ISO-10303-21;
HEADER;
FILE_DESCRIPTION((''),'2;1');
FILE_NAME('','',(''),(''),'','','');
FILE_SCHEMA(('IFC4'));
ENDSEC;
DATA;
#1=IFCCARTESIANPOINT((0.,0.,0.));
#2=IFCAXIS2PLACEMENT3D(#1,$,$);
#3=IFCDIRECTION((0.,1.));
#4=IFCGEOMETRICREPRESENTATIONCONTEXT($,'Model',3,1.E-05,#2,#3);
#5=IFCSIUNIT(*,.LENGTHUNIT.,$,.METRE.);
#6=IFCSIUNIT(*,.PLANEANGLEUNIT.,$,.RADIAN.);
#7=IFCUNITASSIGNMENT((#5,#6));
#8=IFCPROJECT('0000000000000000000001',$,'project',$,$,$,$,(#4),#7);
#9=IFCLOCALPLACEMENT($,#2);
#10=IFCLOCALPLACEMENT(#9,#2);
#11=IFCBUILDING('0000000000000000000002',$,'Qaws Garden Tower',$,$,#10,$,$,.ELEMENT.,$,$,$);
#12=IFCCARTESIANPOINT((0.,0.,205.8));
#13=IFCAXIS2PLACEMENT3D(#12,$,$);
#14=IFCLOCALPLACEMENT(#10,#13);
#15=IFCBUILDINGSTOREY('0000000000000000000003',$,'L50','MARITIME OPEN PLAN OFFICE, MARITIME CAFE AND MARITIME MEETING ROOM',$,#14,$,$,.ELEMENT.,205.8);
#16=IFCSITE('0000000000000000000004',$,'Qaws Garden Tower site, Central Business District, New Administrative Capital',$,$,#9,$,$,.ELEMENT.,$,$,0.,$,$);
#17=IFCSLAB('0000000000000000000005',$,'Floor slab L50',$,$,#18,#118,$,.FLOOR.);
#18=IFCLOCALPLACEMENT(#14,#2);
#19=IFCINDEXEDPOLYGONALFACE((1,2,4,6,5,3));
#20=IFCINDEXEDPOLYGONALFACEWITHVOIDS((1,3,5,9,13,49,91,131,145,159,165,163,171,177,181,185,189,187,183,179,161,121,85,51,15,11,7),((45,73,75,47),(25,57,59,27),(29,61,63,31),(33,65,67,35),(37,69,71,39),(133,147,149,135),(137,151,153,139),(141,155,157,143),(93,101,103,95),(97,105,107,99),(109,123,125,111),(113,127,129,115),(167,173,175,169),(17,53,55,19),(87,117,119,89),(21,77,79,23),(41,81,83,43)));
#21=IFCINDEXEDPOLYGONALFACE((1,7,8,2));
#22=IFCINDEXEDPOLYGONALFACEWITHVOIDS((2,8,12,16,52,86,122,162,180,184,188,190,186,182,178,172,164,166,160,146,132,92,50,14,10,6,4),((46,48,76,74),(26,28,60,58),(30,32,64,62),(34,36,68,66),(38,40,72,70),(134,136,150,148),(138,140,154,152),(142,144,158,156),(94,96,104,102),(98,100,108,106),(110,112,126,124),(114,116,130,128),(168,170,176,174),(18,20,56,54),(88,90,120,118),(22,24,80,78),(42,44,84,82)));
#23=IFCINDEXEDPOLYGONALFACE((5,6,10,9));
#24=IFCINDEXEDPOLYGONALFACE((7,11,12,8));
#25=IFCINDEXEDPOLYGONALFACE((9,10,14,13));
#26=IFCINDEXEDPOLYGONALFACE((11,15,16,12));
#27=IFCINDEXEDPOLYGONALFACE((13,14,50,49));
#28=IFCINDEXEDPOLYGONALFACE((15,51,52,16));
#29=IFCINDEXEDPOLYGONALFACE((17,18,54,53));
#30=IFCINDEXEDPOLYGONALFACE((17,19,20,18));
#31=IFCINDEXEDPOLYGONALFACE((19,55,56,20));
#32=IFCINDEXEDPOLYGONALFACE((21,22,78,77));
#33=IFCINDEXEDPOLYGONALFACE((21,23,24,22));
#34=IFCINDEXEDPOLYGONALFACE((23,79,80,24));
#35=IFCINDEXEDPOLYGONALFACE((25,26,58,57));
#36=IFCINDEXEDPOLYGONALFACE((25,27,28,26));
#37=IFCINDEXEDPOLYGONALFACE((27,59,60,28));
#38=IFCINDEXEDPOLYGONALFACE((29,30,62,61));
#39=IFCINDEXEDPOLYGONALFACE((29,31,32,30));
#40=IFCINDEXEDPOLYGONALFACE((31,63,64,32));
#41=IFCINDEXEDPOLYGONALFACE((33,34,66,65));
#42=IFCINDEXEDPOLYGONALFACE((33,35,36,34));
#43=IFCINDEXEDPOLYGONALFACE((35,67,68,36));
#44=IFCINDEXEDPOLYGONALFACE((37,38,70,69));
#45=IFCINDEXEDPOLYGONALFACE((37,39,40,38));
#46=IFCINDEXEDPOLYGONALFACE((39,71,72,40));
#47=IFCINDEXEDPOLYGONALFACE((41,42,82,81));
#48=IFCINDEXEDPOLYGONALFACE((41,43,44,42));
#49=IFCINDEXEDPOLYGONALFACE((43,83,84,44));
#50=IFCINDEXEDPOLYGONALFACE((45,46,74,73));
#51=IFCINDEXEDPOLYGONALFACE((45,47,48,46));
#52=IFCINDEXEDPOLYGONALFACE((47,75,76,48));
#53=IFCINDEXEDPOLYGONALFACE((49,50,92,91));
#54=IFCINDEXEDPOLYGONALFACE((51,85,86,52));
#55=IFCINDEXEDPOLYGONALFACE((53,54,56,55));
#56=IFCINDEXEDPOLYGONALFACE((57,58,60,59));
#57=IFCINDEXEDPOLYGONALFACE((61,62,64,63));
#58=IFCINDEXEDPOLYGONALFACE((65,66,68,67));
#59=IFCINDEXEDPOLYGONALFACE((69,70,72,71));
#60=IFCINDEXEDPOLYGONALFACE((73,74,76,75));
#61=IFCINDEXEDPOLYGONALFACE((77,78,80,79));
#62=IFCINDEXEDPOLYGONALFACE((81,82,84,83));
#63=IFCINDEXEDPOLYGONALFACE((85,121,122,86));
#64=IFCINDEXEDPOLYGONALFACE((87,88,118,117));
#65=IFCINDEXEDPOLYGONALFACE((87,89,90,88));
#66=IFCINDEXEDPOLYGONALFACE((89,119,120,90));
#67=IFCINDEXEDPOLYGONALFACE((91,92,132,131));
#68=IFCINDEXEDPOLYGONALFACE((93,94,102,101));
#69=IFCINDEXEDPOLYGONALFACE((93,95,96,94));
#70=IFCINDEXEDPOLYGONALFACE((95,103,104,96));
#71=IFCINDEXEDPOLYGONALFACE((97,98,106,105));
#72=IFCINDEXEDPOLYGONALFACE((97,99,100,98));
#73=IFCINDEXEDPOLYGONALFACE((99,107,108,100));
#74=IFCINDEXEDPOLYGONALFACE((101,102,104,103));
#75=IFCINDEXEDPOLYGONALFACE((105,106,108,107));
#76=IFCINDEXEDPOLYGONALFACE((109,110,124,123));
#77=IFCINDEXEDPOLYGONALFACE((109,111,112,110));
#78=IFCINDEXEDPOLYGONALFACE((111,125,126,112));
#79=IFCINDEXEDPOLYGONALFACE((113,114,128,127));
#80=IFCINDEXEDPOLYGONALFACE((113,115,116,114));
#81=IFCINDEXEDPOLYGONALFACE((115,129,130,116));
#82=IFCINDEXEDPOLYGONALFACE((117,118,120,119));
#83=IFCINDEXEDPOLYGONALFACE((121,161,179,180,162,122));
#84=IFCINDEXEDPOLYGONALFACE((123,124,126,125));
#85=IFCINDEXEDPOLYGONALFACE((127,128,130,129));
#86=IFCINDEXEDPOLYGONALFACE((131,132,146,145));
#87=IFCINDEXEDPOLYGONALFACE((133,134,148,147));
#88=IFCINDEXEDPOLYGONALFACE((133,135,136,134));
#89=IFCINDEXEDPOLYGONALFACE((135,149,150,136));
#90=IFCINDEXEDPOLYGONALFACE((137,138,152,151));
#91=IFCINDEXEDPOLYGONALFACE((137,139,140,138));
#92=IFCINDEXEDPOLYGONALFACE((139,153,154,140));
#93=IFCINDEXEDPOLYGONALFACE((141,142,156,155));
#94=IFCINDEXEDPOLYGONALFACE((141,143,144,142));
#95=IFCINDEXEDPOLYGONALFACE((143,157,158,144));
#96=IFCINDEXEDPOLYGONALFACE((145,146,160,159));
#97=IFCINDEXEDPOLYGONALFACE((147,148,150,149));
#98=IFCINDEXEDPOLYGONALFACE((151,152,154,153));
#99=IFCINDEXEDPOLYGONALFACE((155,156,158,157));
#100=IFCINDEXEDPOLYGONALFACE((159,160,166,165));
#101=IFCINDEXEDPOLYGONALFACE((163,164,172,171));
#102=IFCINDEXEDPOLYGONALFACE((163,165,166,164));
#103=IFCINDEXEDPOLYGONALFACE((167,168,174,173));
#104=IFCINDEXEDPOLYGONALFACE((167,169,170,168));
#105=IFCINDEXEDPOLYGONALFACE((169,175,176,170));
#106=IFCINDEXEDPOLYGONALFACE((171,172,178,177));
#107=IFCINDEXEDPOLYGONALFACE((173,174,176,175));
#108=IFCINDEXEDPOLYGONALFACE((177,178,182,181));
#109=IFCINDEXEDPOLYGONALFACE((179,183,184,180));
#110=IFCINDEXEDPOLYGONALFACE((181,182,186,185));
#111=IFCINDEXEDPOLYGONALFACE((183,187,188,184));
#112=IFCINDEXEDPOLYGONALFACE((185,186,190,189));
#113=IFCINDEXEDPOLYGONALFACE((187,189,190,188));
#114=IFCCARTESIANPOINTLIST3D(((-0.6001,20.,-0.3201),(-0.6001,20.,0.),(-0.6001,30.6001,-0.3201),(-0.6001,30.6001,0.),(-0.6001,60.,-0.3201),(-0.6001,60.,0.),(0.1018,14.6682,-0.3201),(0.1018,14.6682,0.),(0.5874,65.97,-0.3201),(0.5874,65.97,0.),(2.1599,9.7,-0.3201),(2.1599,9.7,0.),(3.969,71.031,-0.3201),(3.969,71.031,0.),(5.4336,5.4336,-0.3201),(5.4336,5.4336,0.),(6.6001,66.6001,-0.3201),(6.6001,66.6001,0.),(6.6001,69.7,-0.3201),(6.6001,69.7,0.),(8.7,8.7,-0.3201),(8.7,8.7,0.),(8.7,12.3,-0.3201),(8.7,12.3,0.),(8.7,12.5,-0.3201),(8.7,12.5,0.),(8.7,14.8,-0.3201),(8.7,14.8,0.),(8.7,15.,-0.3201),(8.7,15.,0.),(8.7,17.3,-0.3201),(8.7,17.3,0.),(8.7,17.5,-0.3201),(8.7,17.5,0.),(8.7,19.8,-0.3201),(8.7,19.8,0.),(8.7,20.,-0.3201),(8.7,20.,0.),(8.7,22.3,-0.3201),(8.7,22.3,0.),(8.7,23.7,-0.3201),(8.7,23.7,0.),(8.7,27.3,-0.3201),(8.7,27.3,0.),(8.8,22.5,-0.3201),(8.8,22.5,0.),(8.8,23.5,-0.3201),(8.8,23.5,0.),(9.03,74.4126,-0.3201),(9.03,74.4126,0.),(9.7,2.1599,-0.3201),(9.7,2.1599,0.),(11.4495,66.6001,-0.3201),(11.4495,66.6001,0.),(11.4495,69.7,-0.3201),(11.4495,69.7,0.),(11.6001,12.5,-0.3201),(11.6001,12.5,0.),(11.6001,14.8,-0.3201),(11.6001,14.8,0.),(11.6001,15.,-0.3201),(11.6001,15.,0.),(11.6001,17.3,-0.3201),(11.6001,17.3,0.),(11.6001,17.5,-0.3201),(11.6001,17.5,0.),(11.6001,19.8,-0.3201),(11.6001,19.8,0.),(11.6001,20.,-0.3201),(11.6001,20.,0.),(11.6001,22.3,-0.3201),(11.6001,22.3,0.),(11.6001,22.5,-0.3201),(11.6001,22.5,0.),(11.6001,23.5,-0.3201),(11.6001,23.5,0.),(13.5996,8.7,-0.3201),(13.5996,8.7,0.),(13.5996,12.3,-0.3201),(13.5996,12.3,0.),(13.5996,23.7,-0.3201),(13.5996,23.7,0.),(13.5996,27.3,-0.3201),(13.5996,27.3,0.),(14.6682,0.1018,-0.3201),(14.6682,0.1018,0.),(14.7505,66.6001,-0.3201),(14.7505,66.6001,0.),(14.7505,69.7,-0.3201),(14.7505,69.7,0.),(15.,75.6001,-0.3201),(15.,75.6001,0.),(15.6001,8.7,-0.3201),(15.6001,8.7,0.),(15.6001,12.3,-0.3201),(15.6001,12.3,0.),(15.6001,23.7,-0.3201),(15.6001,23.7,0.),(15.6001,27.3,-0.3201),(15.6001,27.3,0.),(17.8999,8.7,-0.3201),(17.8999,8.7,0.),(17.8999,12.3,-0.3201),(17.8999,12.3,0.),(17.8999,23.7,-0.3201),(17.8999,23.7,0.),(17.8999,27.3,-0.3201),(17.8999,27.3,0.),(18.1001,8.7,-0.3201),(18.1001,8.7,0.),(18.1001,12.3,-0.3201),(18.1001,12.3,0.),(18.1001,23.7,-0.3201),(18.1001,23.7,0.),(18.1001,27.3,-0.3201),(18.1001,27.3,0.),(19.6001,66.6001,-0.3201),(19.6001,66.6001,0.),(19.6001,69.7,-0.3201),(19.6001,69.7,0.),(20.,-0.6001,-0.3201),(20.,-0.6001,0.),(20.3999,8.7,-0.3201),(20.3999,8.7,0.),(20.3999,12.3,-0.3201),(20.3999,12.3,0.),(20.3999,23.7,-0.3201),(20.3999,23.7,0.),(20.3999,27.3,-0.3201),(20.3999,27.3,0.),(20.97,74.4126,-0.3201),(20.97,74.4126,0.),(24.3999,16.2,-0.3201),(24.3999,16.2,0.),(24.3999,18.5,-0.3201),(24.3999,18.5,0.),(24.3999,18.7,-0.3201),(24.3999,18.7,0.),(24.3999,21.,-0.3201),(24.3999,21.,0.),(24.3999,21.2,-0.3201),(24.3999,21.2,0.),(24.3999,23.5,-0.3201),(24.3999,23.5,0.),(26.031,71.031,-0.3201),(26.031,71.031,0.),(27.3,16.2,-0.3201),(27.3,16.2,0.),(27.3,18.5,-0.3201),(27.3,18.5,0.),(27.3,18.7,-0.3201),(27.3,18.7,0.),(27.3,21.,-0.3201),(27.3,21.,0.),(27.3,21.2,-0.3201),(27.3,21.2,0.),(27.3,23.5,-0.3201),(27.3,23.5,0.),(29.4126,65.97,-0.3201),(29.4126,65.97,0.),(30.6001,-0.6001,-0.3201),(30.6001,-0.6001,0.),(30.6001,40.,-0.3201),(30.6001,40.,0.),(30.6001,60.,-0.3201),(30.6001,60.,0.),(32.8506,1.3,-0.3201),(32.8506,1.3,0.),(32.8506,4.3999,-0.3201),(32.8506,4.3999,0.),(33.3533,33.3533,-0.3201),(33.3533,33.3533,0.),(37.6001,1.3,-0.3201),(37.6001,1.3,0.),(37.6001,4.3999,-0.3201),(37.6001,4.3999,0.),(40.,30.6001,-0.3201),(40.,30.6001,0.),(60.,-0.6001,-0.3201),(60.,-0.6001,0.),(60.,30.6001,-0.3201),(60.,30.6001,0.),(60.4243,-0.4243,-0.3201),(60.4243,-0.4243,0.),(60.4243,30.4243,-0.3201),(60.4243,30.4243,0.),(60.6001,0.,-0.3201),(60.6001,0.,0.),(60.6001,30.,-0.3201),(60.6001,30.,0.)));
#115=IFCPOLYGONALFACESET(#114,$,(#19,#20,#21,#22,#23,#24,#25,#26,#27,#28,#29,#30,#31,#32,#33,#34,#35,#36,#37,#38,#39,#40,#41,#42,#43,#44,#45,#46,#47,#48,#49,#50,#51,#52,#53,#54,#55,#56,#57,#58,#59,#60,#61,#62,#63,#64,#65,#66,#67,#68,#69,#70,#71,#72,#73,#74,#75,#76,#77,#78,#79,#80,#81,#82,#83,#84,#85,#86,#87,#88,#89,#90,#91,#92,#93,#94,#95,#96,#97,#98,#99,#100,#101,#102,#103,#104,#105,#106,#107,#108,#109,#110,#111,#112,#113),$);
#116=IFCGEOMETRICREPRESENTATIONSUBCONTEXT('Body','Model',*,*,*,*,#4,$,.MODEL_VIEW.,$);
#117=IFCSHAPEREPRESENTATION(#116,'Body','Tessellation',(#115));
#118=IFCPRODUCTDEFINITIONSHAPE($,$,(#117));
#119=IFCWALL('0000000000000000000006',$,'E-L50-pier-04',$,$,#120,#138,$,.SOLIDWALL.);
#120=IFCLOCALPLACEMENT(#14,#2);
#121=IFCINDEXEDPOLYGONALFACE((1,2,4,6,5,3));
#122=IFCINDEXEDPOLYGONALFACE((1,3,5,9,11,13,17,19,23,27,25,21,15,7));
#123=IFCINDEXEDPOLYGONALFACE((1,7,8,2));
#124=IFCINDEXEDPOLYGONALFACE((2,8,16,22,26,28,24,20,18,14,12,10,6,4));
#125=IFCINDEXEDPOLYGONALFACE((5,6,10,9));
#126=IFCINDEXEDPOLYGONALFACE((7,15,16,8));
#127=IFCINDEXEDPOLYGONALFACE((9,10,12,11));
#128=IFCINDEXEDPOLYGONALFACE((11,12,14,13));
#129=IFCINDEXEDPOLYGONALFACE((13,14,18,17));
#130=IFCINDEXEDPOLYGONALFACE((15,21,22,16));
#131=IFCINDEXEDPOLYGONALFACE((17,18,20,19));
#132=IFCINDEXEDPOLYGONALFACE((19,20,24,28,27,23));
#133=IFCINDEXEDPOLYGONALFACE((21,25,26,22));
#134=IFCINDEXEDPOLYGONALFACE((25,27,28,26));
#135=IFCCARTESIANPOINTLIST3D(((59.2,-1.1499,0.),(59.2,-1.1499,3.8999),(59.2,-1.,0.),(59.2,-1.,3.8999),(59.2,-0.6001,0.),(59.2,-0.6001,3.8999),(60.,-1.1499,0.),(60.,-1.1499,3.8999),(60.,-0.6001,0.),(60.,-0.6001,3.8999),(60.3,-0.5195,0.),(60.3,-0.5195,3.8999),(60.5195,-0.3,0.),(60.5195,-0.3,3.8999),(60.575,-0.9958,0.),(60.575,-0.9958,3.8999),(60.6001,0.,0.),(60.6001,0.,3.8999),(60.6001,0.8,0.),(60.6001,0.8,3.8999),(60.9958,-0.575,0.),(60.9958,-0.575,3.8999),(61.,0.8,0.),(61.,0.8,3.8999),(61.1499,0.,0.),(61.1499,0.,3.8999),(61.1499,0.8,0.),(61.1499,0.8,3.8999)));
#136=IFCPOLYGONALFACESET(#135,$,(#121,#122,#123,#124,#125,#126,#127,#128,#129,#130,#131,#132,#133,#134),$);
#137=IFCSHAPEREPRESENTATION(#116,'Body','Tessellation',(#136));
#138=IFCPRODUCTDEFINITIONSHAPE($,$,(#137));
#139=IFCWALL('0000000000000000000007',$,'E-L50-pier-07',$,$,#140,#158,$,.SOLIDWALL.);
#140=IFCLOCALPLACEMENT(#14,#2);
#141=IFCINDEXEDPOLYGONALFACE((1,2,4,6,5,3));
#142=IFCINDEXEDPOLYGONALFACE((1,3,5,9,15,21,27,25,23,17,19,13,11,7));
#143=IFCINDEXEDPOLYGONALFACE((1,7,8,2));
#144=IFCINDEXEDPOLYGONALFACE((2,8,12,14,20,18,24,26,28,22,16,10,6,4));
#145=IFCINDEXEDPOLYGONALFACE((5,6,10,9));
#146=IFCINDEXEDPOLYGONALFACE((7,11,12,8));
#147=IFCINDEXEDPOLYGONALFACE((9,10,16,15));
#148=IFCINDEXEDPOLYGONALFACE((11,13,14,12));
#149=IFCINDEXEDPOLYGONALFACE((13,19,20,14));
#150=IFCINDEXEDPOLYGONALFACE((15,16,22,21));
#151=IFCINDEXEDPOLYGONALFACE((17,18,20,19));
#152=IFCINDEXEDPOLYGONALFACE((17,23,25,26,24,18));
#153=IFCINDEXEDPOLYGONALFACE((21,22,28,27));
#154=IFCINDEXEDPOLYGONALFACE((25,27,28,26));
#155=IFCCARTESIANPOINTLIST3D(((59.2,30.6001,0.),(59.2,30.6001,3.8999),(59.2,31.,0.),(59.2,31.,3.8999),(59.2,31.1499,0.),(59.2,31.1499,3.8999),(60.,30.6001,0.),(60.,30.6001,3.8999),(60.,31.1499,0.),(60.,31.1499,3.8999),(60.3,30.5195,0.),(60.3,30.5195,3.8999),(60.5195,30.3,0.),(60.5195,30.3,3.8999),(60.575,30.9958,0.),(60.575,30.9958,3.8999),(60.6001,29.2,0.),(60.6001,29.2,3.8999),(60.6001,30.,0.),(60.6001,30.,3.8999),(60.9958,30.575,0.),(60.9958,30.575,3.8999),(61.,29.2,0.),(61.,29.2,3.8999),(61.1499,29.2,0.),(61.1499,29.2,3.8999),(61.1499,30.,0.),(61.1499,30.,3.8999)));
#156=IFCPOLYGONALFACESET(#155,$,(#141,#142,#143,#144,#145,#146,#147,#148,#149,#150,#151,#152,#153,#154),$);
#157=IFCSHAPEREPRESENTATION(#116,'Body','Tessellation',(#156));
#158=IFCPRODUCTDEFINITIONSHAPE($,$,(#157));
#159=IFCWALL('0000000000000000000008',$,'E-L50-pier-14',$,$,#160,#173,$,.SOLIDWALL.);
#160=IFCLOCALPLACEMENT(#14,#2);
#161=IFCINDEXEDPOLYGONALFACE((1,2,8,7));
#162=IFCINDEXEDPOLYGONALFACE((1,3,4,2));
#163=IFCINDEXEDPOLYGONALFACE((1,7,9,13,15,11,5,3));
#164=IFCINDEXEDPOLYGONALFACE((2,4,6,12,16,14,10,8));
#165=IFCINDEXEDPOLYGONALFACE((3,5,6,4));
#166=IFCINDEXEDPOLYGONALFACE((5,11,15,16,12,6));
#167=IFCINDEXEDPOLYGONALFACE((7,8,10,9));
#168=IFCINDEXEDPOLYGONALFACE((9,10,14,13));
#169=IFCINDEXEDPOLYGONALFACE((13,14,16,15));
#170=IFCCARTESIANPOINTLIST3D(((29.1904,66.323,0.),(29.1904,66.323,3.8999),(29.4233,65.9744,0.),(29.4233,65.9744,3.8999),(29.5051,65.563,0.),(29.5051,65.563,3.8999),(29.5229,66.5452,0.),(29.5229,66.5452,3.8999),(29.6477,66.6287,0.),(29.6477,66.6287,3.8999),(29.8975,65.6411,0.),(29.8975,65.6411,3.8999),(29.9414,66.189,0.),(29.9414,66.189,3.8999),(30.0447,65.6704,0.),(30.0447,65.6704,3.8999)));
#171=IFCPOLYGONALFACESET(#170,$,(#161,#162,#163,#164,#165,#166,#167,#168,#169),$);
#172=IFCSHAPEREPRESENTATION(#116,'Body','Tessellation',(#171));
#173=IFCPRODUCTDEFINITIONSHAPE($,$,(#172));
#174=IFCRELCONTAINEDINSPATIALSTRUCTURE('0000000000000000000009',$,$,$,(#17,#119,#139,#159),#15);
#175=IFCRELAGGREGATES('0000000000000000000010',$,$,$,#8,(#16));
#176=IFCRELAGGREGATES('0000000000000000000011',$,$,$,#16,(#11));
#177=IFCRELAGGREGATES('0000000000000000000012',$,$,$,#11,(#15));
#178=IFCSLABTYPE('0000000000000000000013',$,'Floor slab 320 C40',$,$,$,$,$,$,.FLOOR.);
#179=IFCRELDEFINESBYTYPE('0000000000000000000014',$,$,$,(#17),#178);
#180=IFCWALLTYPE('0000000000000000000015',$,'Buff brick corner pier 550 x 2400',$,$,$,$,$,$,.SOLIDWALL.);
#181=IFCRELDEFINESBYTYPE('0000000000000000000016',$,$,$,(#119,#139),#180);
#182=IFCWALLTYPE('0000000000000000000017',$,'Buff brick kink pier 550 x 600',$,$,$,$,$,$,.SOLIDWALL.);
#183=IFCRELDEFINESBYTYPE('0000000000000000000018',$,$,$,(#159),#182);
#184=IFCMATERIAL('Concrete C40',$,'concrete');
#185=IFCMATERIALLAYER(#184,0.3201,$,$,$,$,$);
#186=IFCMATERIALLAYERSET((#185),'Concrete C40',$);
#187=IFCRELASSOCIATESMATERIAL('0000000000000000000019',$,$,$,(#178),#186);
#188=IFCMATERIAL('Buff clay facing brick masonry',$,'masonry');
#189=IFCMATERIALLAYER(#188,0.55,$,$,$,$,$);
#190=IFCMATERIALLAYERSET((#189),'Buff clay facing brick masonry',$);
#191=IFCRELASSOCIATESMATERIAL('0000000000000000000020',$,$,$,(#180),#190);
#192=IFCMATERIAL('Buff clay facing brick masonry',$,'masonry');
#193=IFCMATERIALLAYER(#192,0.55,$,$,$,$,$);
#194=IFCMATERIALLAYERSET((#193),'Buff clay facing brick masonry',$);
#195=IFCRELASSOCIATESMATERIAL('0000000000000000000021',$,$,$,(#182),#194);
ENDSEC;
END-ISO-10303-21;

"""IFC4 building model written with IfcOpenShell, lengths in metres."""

from ifc_helpers import new_model, si_unit, direction, frame, origin, place, context, subcontext, project, spatial, polyline, outline, extrude, material, layer, layer_set, type_object, element, save


model = new_model("IFC4")

# Units and contexts
model_context = context("Model", 3, precision=1e-05, world=origin(), true_north=direction((0.0, 1.0)))
body_context = subcontext(model_context, "Body", "Model", "MODEL_VIEW")
ifc_project = project(units=[si_unit("LENGTHUNIT", "METRE"), si_unit("PLANEANGLEUNIT", "RADIAN")], contexts=[model_context])

# Site, building, storey
site_placement = place(None, origin())
site = spatial("IfcSite", under=ifc_project, at=site_placement, Name="Qaws Garden Tower site, Central Business District, New Administrative Capital", CompositionType="ELEMENT", RefElevation=0.0)
building_placement = place(site_placement, origin())
building = spatial("IfcBuilding", under=site, at=building_placement, Name="Qaws Garden Tower", CompositionType="ELEMENT")
storey_placement = place(building_placement, frame((0.0, 0.0, 205.8)))
storey = spatial("IfcBuildingStorey", under=building, at=storey_placement, Name="L50", Description="MARITIME OPEN PLAN OFFICE, MARITIME CAFE AND MARITIME MEETING ROOM", CompositionType="ELEMENT", Elevation=205.8)

# Slab
ifc_material_1 = material(Name="Concrete C40", Category="concrete")
ifc_layer_1 = layer(ifc_material_1, 0.3201)
ifc_layer_set_1 = layer_set([ifc_layer_1], Name="Concrete C40")
slab_type = type_object("IfcSlabType", Name="Floor slab 320 C40", PredefinedType="FLOOR", material=ifc_layer_set_1)
slab_placement = place(storey_placement, frame((0.0, 0.0, -0.3201)))
element("IfcSlab", 1, at=slab_placement, inside=storey, type_object=slab_type, Name="Floor slab L50", PredefinedType="FLOOR", context=body_context, shape_type="SweptSolid", body=[
    extrude(outline(polyline([(0.1018, 14.6682), (-0.6001, 20.0), (-0.6001, 30.6001), (-0.6001, 60.0), (-0.6001, 60.0), (0.5874, 65.97), (3.969, 71.031), (9.03, 74.4126), (15.0, 75.6001), (20.97, 74.4126), (26.031, 71.031), (29.4126, 65.97), (30.6001, 60.0), (30.6001, 40.0), (33.3533, 33.3533), (40.0, 30.6001), (60.0, 30.6001), (60.4243, 30.4243), (60.6001, 30.0), (60.6001, 0.0), (60.4243, -0.4243), (60.0, -0.6001), (30.6001, -0.6001), (20.0, -0.6001), (14.6682, 0.1018), (9.7, 2.1599), (5.4336, 5.4336), (2.1599, 9.7), (0.1018, 14.6682)]), holes=[polyline([(13.5996, 12.3), (8.7, 12.3), (8.7, 8.7), (13.5996, 8.7), (13.5996, 12.3)]), polyline([(17.8999, 12.3), (15.6001, 12.3), (15.6001, 8.7), (17.8999, 8.7), (17.8999, 12.3)]), polyline([(11.6001, 14.8), (8.7, 14.8), (8.7, 12.5), (11.6001, 12.5), (11.6001, 14.8)]), polyline([(11.6001, 17.3), (8.7, 17.3), (8.7, 15.0), (11.6001, 15.0), (11.6001, 17.3)]), polyline([(11.6001, 19.8), (8.7, 19.8), (8.7, 17.5), (11.6001, 17.5), (11.6001, 19.8)]), polyline([(11.6001, 22.3), (8.7, 22.3), (8.7, 20.0), (11.6001, 20.0), (11.6001, 22.3)]), polyline([(11.6001, 23.5), (8.8, 23.5), (8.8, 22.5), (11.6001, 22.5), (11.6001, 23.5)]), polyline([(13.5996, 27.3), (8.7, 27.3), (8.7, 23.7), (13.5996, 23.7), (13.5996, 27.3)]), polyline([(11.4495, 69.7), (6.6001, 69.7), (6.6001, 66.6001), (11.4495, 66.6001), (11.4495, 69.7)]), polyline([(37.6001, 4.3999), (32.8506, 4.3999), (32.8506, 1.3), (37.6001, 1.3), (37.6001, 4.3999)]), polyline([(20.3999, 12.3), (18.1001, 12.3), (18.1001, 8.7), (20.3999, 8.7), (20.3999, 12.3)]), polyline([(27.3, 18.5), (24.3999, 18.5), (24.3999, 16.2), (27.3, 16.2), (27.3, 18.5)]), polyline([(27.3, 21.0), (24.3999, 21.0), (24.3999, 18.7), (27.3, 18.7), (27.3, 21.0)]), polyline([(27.3, 23.5), (24.3999, 23.5), (24.3999, 21.2), (27.3, 21.2), (27.3, 23.5)]), polyline([(17.8999, 27.3), (15.6001, 27.3), (15.6001, 23.7), (17.8999, 23.7), (17.8999, 27.3)]), polyline([(20.3999, 23.7), (20.3999, 27.3), (18.1001, 27.3), (18.1001, 23.7), (20.3999, 23.7)]), polyline([(19.6001, 66.6001), (19.6001, 69.7), (14.7505, 69.7), (14.7505, 66.6001), (19.6001, 66.6001)])]), origin(), (0.0, 0.0, 1.0), 0.3201),
])

# Walls
ifc_material_2 = material(Name="Buff clay facing brick masonry", Category="masonry")
ifc_layer_2 = layer(ifc_material_2, 0.55)
ifc_layer_set_2 = layer_set([ifc_layer_2], Name="Buff clay facing brick masonry")
wall_type_1 = type_object("IfcWallType", Name="Buff brick corner pier 550 x 2400", PredefinedType="SOLIDWALL", material=ifc_layer_set_2)
placement = place(storey_placement, origin())
element("IfcWall", 2, at=placement, inside=storey, type_object=wall_type_1, Name="E-L50-pier-04", PredefinedType="SOLIDWALL", context=body_context, shape_type="SweptSolid", body=[
    extrude(outline(polyline([(59.2, -1.0), (59.2, -1.1499), (60.0, -1.1499), (60.575, -0.9958), (60.9958, -0.575), (61.1499, 0.0), (61.1499, 0.8), (61.0, 0.8), (60.6001, 0.8), (60.6001, 0.0), (60.5195, -0.3), (60.3, -0.5195), (60.0, -0.6001), (59.2, -0.6001), (59.2, -1.0)])), origin(), (0.0, 0.0, 1.0), 3.8999),
])
element("IfcWall", 3, at=placement, inside=storey, type_object=wall_type_1, Name="E-L50-pier-07", PredefinedType="SOLIDWALL", context=body_context, shape_type="SweptSolid", body=[
    extrude(outline(polyline([(61.0, 29.2), (61.1499, 29.2), (61.1499, 30.0), (60.9958, 30.575), (60.575, 30.9958), (60.0, 31.1499), (59.2, 31.1499), (59.2, 31.0), (59.2, 30.6001), (60.0, 30.6001), (60.3, 30.5195), (60.5195, 30.3), (60.6001, 30.0), (60.6001, 29.2), (61.0, 29.2)])), origin(), (0.0, 0.0, 1.0), 3.8999),
])
ifc_material_3 = material(Name="Buff clay facing brick masonry", Category="masonry")
ifc_layer_3 = layer(ifc_material_3, 0.55)
ifc_layer_set_3 = layer_set([ifc_layer_3], Name="Buff clay facing brick masonry")
wall_type_2 = type_object("IfcWallType", Name="Buff brick kink pier 550 x 600", PredefinedType="SOLIDWALL", material=ifc_layer_set_3)
element("IfcWall", 4, at=placement, inside=storey, type_object=wall_type_2, Name="E-L50-pier-14", PredefinedType="SOLIDWALL", context=body_context, shape_type="SweptSolid", body=[
    extrude(outline(polyline([(29.8975, 65.6411), (30.0447, 65.6704), (29.9414, 66.189), (29.6477, 66.6287), (29.5229, 66.5452), (29.1904, 66.323), (29.4233, 65.9744), (29.5051, 65.563), (29.8975, 65.6411)])), origin(), (0.0, 0.0, 1.0), 3.8999),
])

save(model, "model.ifc")
